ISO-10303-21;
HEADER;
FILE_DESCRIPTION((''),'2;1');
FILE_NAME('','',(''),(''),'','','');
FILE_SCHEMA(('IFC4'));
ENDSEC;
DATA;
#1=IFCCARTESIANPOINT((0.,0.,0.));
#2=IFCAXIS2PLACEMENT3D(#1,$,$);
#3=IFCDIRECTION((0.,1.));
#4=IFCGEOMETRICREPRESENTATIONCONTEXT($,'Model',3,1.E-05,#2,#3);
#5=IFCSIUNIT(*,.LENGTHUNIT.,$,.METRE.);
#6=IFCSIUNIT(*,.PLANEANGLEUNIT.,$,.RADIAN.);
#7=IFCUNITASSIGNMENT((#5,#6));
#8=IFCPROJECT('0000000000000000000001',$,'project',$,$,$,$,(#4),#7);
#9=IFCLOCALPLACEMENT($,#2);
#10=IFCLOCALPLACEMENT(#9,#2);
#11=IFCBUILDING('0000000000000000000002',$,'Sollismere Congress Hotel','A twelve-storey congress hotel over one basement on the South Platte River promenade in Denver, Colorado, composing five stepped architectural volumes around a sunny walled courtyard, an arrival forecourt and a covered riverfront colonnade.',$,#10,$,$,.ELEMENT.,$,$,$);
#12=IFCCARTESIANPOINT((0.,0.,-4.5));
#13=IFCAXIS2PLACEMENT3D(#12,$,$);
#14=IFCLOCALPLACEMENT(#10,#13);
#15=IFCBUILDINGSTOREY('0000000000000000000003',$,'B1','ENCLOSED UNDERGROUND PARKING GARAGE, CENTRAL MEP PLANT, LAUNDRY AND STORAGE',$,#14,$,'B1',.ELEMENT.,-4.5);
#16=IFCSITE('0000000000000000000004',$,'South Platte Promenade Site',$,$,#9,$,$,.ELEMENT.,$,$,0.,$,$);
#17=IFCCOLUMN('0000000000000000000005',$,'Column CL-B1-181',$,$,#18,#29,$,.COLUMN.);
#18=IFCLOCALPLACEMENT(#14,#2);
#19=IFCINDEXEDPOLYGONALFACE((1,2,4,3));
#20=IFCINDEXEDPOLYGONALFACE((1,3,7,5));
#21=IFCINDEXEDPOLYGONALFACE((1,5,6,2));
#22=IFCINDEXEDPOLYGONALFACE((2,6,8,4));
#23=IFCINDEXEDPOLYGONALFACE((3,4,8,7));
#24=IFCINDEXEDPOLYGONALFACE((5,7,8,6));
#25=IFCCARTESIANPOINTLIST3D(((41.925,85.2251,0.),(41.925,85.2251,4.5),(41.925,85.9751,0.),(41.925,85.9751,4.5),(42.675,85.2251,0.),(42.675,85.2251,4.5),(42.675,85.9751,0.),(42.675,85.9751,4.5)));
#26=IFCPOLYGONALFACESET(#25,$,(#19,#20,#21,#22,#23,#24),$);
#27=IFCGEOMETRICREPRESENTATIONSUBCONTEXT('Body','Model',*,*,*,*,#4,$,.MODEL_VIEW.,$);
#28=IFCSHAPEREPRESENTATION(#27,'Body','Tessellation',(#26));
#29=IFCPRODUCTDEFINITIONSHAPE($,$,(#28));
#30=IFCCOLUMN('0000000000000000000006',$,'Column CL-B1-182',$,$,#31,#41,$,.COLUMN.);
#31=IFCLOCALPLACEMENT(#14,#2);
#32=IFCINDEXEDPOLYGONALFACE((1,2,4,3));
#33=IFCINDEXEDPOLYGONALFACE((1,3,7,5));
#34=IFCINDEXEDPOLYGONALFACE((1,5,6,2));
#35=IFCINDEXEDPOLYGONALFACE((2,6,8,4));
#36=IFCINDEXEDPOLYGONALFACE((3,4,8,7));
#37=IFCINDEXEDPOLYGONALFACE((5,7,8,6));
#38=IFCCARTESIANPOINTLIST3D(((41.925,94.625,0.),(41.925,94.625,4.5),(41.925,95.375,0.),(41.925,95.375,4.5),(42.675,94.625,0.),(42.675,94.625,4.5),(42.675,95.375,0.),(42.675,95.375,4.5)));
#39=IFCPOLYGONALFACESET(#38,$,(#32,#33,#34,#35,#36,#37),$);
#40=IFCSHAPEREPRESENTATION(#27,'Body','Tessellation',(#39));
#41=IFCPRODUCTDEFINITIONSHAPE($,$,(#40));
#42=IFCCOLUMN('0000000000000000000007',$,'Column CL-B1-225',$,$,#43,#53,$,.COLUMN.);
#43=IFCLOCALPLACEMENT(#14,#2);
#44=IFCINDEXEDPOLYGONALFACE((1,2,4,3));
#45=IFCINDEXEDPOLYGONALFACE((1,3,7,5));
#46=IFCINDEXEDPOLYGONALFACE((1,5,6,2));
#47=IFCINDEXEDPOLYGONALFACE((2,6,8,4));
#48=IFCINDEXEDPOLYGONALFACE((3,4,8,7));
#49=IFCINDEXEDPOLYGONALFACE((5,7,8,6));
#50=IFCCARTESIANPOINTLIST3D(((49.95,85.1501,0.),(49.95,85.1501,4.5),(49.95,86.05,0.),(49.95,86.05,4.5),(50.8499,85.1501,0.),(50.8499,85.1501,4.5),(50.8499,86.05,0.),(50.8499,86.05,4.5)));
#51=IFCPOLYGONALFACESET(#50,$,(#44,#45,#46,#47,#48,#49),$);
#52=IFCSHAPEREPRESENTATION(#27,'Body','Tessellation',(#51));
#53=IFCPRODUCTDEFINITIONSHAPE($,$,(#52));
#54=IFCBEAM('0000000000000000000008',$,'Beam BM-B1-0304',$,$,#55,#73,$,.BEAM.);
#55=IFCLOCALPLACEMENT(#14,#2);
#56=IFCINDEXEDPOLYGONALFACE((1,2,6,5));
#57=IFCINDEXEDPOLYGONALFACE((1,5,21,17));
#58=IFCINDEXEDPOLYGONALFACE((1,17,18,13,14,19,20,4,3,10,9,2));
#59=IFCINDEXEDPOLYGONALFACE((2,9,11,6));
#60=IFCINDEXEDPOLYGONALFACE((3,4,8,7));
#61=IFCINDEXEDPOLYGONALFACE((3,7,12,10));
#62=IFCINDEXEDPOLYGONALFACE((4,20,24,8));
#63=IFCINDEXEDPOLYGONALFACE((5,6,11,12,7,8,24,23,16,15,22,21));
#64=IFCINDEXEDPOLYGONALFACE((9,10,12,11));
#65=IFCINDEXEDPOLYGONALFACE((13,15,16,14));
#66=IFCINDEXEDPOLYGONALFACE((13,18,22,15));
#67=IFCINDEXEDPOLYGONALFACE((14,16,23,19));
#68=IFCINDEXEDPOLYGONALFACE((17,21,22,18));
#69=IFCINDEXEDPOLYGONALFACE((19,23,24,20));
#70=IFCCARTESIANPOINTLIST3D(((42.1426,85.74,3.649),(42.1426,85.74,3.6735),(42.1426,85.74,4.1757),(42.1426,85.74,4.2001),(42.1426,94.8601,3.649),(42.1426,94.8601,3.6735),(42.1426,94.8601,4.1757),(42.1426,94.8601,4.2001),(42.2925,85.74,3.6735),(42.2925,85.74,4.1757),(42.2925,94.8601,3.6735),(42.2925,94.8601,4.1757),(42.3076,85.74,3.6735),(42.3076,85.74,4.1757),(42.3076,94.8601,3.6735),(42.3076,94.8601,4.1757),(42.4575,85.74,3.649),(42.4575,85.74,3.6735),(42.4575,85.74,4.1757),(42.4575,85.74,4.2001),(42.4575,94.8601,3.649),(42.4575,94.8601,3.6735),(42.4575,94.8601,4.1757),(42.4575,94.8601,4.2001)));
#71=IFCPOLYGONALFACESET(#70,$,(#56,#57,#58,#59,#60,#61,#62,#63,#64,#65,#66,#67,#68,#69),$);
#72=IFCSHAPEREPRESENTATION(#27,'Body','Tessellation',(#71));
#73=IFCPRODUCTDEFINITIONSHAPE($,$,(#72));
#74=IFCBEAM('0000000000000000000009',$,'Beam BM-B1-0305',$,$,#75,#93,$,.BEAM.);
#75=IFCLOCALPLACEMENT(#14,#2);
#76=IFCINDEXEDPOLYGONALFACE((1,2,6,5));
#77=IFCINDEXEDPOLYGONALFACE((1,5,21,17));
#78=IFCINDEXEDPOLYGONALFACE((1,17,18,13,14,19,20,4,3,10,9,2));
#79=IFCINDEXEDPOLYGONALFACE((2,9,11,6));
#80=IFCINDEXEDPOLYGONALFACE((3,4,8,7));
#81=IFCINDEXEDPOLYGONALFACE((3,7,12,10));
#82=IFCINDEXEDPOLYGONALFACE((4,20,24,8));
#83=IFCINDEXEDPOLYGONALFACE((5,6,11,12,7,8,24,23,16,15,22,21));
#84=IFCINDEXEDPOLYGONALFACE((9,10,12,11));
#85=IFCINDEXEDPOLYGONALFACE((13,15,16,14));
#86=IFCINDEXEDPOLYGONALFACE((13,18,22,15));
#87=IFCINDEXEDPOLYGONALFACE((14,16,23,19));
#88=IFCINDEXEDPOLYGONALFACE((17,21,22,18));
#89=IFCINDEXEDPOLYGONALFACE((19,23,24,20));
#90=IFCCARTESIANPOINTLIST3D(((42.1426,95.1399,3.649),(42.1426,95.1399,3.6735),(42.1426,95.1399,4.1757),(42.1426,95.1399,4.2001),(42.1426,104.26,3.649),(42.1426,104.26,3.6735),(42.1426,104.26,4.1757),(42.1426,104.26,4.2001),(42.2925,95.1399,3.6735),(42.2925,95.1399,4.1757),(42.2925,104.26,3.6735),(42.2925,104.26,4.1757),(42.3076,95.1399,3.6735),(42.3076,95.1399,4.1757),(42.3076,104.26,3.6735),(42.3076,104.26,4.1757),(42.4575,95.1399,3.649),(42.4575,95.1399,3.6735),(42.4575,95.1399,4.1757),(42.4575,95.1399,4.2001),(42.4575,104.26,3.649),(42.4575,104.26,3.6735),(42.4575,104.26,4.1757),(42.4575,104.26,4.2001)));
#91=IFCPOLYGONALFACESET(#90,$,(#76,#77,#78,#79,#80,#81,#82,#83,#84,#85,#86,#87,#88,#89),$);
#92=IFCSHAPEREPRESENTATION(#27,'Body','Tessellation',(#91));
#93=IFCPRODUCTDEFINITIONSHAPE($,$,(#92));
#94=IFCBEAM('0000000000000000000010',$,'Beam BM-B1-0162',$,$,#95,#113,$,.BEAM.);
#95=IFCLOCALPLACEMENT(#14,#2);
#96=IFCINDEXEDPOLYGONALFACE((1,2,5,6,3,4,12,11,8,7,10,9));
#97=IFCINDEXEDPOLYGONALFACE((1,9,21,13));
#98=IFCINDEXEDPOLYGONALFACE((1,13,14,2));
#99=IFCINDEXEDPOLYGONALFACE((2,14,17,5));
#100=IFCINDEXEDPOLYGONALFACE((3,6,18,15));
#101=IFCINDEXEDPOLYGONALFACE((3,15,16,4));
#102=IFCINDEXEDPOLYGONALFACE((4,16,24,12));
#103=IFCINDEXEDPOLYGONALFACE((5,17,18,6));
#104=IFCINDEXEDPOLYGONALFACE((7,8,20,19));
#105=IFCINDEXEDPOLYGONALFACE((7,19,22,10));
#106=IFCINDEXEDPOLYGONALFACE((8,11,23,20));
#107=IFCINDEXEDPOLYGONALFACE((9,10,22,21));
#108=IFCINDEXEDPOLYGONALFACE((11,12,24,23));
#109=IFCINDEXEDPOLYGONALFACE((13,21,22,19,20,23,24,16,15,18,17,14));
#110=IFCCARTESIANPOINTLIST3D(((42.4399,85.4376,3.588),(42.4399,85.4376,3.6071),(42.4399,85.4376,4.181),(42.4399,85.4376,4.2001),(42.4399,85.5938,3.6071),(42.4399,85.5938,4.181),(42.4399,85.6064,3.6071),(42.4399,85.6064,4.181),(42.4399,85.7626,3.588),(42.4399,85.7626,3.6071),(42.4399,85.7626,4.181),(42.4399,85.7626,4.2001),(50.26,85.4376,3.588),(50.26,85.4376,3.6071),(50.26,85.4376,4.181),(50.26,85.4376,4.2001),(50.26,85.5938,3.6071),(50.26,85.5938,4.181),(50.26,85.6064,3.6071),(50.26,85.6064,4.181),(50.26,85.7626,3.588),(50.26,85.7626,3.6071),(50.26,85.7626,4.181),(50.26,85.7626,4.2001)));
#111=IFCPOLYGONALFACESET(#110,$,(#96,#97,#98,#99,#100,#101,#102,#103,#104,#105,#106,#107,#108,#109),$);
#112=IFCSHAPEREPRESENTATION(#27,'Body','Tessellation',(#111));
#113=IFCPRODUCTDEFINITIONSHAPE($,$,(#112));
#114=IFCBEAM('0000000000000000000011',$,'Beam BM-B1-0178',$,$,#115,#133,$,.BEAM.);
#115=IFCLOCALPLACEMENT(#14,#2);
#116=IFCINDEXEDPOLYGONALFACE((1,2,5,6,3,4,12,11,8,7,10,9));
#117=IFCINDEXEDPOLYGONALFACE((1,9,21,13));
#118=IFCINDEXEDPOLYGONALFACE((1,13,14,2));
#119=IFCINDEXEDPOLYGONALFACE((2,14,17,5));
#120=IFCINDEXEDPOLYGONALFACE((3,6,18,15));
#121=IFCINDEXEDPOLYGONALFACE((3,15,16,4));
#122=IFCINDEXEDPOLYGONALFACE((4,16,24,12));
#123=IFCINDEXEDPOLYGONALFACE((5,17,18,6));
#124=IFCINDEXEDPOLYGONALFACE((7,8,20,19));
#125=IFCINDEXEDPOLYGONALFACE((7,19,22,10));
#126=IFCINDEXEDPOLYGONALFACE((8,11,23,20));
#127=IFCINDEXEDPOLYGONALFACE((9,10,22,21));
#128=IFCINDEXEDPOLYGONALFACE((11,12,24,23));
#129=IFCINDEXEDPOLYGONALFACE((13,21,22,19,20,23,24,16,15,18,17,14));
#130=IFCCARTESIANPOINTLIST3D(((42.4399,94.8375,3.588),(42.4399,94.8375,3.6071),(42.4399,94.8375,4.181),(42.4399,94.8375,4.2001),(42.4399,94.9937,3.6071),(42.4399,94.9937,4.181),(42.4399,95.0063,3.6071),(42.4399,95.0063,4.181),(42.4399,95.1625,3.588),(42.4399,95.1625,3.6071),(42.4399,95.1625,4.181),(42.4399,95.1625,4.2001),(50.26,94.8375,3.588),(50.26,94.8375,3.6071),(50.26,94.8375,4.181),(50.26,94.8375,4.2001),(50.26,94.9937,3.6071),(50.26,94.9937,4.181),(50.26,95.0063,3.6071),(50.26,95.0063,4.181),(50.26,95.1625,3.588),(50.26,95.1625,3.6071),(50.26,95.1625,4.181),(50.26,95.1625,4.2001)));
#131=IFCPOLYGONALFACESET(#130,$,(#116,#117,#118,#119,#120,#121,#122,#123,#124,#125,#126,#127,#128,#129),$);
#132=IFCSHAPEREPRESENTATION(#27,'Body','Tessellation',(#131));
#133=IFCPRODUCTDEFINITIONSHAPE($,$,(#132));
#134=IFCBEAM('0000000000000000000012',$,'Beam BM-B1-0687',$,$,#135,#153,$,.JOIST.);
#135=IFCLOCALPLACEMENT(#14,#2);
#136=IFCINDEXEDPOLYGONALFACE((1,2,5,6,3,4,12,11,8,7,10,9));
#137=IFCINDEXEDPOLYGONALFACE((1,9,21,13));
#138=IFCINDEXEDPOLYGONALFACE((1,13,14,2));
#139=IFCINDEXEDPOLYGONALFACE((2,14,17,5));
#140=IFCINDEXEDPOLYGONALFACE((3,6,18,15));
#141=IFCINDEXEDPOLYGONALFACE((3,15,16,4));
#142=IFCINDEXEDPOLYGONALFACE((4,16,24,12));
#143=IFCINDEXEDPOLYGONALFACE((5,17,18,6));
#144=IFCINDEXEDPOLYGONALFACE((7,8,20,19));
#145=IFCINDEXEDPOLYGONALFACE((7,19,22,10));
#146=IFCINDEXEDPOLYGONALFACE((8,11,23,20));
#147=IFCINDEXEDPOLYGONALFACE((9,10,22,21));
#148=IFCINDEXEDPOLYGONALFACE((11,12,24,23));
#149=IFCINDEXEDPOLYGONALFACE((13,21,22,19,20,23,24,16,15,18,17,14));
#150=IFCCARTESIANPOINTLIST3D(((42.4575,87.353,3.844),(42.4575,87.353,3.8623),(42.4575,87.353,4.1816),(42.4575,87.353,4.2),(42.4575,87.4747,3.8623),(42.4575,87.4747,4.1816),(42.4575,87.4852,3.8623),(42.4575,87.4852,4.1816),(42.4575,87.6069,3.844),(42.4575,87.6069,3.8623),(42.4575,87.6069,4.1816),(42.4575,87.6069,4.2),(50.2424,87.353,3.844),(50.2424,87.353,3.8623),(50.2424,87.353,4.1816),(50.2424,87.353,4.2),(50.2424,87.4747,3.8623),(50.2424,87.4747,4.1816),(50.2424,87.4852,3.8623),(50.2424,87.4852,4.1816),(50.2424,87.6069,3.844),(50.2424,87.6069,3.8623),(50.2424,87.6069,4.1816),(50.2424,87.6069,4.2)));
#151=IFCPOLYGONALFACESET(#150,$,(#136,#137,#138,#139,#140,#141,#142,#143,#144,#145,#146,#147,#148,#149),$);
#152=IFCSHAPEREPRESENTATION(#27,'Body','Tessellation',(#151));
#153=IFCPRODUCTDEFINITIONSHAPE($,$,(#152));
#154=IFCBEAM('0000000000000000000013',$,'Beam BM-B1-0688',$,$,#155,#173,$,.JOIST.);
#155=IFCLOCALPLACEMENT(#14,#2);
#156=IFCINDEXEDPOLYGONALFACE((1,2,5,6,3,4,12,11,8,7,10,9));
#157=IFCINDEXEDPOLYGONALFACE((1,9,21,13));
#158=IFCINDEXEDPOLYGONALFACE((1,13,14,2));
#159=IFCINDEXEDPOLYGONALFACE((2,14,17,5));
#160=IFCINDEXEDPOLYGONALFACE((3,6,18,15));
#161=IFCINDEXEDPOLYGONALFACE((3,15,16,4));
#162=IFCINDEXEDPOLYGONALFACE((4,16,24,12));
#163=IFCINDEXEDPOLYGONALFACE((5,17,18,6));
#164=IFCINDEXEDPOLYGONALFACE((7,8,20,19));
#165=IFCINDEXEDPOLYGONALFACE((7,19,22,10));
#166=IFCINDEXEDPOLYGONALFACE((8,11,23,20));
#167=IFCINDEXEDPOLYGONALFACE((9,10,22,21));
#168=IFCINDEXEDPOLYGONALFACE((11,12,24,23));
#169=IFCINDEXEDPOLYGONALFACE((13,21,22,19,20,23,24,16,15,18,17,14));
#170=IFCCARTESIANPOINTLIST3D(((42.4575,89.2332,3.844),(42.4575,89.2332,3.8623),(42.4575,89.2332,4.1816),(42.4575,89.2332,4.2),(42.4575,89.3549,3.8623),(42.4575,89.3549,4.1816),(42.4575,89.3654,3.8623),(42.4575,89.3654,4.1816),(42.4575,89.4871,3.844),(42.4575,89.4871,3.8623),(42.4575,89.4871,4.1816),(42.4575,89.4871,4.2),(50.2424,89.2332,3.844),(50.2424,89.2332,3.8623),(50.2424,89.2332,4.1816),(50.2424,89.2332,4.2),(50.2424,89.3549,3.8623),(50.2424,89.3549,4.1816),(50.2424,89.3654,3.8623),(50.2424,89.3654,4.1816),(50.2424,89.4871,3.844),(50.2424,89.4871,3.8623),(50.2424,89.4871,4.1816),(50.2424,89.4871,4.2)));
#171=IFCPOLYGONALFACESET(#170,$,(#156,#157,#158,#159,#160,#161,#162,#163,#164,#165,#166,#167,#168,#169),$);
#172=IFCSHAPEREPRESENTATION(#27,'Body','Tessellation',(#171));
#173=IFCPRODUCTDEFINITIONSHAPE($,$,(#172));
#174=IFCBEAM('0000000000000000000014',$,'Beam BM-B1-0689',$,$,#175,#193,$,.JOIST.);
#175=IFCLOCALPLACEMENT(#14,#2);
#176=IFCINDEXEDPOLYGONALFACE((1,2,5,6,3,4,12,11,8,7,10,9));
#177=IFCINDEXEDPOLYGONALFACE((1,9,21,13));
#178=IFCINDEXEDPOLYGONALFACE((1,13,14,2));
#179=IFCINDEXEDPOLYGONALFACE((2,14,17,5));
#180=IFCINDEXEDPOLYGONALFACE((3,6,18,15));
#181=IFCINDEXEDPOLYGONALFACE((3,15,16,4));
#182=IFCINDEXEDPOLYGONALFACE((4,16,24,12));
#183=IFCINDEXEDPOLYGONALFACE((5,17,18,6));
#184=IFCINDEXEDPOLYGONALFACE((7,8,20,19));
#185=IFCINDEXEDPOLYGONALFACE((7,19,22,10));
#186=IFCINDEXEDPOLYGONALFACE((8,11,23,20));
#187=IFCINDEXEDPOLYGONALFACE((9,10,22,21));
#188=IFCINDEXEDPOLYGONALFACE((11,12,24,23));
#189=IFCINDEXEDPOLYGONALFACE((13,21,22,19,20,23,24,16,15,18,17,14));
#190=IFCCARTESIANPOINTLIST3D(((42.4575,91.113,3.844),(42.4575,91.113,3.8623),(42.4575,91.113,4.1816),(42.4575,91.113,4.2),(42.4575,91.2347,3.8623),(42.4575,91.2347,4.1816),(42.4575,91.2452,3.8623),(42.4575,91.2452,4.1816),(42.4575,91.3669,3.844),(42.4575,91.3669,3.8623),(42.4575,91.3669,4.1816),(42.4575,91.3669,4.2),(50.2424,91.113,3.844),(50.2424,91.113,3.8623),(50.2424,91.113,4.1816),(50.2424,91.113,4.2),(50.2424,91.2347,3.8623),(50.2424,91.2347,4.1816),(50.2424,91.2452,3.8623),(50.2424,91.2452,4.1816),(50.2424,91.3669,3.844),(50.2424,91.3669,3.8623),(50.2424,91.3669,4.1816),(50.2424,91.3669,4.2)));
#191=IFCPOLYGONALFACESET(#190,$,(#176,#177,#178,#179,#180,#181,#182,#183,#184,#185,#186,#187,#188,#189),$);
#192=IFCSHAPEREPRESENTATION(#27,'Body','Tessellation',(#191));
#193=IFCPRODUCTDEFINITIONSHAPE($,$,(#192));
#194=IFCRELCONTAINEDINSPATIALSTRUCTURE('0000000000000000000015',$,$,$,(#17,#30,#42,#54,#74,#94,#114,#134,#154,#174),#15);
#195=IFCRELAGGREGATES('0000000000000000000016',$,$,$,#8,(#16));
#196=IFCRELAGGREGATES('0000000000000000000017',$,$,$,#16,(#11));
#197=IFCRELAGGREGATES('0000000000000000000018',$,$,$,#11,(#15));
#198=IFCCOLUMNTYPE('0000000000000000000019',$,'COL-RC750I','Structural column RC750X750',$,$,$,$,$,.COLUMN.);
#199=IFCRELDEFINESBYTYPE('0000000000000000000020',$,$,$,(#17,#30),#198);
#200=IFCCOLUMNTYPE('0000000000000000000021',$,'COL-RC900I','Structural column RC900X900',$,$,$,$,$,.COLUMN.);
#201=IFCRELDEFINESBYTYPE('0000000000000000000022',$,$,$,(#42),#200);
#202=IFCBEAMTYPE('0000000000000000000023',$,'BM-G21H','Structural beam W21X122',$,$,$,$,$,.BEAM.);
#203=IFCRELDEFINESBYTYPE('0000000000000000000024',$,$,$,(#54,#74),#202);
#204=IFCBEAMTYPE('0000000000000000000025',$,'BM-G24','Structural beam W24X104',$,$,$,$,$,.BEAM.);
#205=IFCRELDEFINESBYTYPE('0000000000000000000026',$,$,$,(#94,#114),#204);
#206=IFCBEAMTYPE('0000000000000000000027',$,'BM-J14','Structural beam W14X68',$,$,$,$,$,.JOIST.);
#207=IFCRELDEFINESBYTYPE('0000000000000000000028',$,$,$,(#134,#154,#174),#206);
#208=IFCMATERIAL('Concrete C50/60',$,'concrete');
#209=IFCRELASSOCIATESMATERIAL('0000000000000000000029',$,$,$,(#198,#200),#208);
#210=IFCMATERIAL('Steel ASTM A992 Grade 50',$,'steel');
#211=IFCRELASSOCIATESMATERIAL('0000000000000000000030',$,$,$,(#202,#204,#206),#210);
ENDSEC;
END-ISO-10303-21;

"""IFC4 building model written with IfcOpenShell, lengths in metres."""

from ifc_helpers import new_model, si_unit, direction, frame, origin, origin_2d, place, context, subcontext, project, spatial, rectangle, i_section, extrude, material, material_profile, profile_set, type_object, element, save


model = new_model("IFC4")

# Units and contexts
model_context = context("Model", 3, precision=1e-05, world=origin(), true_north=direction((0.0, 1.0)))
body_context = subcontext(model_context, "Body", "Model", "MODEL_VIEW")
ifc_project = project(units=[si_unit("LENGTHUNIT", "METRE"), si_unit("PLANEANGLEUNIT", "RADIAN")], contexts=[model_context])

# Site, building, storey
site_placement = place(None, origin())
site = spatial("IfcSite", under=ifc_project, at=site_placement, Name="South Platte Promenade Site", CompositionType="ELEMENT", RefElevation=0.0)
building_placement = place(site_placement, origin())
building = spatial("IfcBuilding", under=site, at=building_placement, Name="Sollismere Congress Hotel", Description="A twelve-storey congress hotel over one basement on the South Platte River promenade in Denver, Colorado, composing five stepped architectural volumes around a sunny walled courtyard, an arrival forecourt and a covered riverfront colonnade.", CompositionType="ELEMENT")
storey_placement = place(building_placement, frame((0.0, 0.0, -4.5)))
storey = spatial("IfcBuildingStorey", under=building, at=storey_placement, Name="B1", Description="ENCLOSED UNDERGROUND PARKING GARAGE, CENTRAL MEP PLANT, LAUNDRY AND STORAGE", LongName="B1", CompositionType="ELEMENT", Elevation=-4.5)

# Columns
ifc_material_1 = material(Name="Concrete C50/60", Category="concrete")
ifc_material_profile_1 = material_profile(ifc_material_1, rectangle(XDim=0.75, YDim=0.75, at=origin_2d()), Name="RC750X750")
ifc_profile_set_1 = profile_set([ifc_material_profile_1], Name="Concrete C50/60")
column_type_1 = type_object("IfcColumnType", Name="COL-RC750I", Description="Structural column RC750X750", PredefinedType="COLUMN", material=ifc_profile_set_1)
for number, where, z_axis, x_axis, name in (
    (1, (42.3, 85.6001, 0.0), (0.0, 0.0, 1.0), (1.0, 0.0, 0.0), "Column CL-B1-181"),
    (2, (42.3, 95.0, 0.0), (0.0, 0.0, 1.0), (1.0, 0.0, 0.0), "Column CL-B1-182"),
):
    element("IfcColumn", number, at=place(storey_placement, frame(where, z_axis=z_axis, x_axis=x_axis)), inside=storey, type_object=column_type_1, Name=name, PredefinedType="COLUMN", context=body_context, shape_type="SweptSolid", body=[
        extrude(rectangle(XDim=0.75, YDim=0.75, at=origin_2d()), origin(), (0.0, 0.0, 1.0), 4.5),
    ])
ifc_material_profile_2 = material_profile(ifc_material_1, rectangle(XDim=0.8999, YDim=0.8999, at=origin_2d()), Name="RC900X900")
ifc_profile_set_2 = profile_set([ifc_material_profile_2], Name="Concrete C50/60")
column_type_2 = type_object("IfcColumnType", Name="COL-RC900I", Description="Structural column RC900X900", PredefinedType="COLUMN", material=ifc_profile_set_2)
column_placement = place(storey_placement, frame((50.3999, 85.6001, 0.0), z_axis=(0.0, 0.0, 1.0), x_axis=(1.0, 0.0, 0.0)))
element("IfcColumn", 3, at=column_placement, inside=storey, type_object=column_type_2, Name="Column CL-B1-225", PredefinedType="COLUMN", context=body_context, shape_type="SweptSolid", body=[
    extrude(rectangle(XDim=0.8999, YDim=0.8999, at=origin_2d()), origin(), (0.0, 0.0, 1.0), 4.5),
])

# Beams
ifc_material_2 = material(Name="Steel ASTM A992 Grade 50", Category="steel")
ifc_material_profile_3 = material_profile(ifc_material_2, i_section(OverallWidth=0.3149, OverallDepth=0.551, WebThickness=0.0151, FlangeThickness=0.0244, at=origin_2d()), Name="W21X122")
ifc_profile_set_3 = profile_set([ifc_material_profile_3], Name="Steel ASTM A992 Grade 50")
beam_type_1 = type_object("IfcBeamType", Name="BM-G21H", Description="Structural beam W21X122", PredefinedType="BEAM", material=ifc_profile_set_3)
for number, where, z_axis, x_axis, name in (
    (4, (42.3, 85.74, 3.9246), (0.0, 1.0, 0.0), (-1.0, 0.0, 0.0), "Beam BM-B1-0304"),
    (5, (42.3, 95.1399, 3.9246), (0.0, 1.0, 0.0), (-1.0, 0.0, 0.0), "Beam BM-B1-0305"),
):
    element("IfcBeam", number, at=place(storey_placement, frame(where, z_axis=z_axis, x_axis=x_axis)), inside=storey, type_object=beam_type_1, Name=name, PredefinedType="BEAM", context=body_context, shape_type="SweptSolid", body=[
        extrude(i_section(OverallWidth=0.3149, OverallDepth=0.551, WebThickness=0.0151, FlangeThickness=0.0244, at=origin_2d()), origin(), (0.0, 0.0, 1.0), 9.1201),
    ])
ifc_material_profile_4 = material_profile(ifc_material_2, i_section(OverallWidth=0.325, OverallDepth=0.6121, WebThickness=0.0127, FlangeThickness=0.019, at=origin_2d()), Name="W24X104")
ifc_profile_set_4 = profile_set([ifc_material_profile_4], Name="Steel ASTM A992 Grade 50")
beam_type_2 = type_object("IfcBeamType", Name="BM-G24", Description="Structural beam W24X104", PredefinedType="BEAM", material=ifc_profile_set_4)
for number, where, z_axis, x_axis, name in (
    (6, (42.4399, 85.6001, 3.894), (1.0, 0.0, 0.0), (0.0, 1.0, 0.0), "Beam BM-B1-0162"),
    (7, (42.4399, 95.0, 3.894), (1.0, 0.0, 0.0), (0.0, 1.0, 0.0), "Beam BM-B1-0178"),
):
    element("IfcBeam", number, at=place(storey_placement, frame(where, z_axis=z_axis, x_axis=x_axis)), inside=storey, type_object=beam_type_2, Name=name, PredefinedType="BEAM", context=body_context, shape_type="SweptSolid", body=[
        extrude(i_section(OverallWidth=0.325, OverallDepth=0.6121, WebThickness=0.0127, FlangeThickness=0.019, at=origin_2d()), origin(), (0.0, 0.0, 1.0), 7.8201),
    ])
ifc_material_profile_5 = material_profile(ifc_material_2, i_section(OverallWidth=0.2539, OverallDepth=0.356, WebThickness=0.0105, FlangeThickness=0.0183, at=origin_2d()), Name="W14X68")
ifc_profile_set_5 = profile_set([ifc_material_profile_5], Name="Steel ASTM A992 Grade 50")
beam_type_3 = type_object("IfcBeamType", Name="BM-J14", Description="Structural beam W14X68", PredefinedType="JOIST", material=ifc_profile_set_5)
for number, where, z_axis, x_axis, name in (
    (8, (42.4575, 87.48, 4.022), (1.0, 0.0, 0.0), (0.0, 1.0, 0.0), "Beam BM-B1-0687"),
    (9, (42.4575, 89.3601, 4.022), (1.0, 0.0, 0.0), (0.0, 1.0, 0.0), "Beam BM-B1-0688"),
    (10, (42.4575, 91.24, 4.022), (1.0, 0.0, 0.0), (0.0, 1.0, 0.0), "Beam BM-B1-0689"),
):
    element("IfcBeam", number, at=place(storey_placement, frame(where, z_axis=z_axis, x_axis=x_axis)), inside=storey, type_object=beam_type_3, Name=name, PredefinedType="JOIST", context=body_context, shape_type="SweptSolid", body=[
        extrude(i_section(OverallWidth=0.2539, OverallDepth=0.356, WebThickness=0.0105, FlangeThickness=0.0183, at=origin_2d()), origin(), (0.0, 0.0, 1.0), 7.7849),
    ])

save(model, "model.ifc")
